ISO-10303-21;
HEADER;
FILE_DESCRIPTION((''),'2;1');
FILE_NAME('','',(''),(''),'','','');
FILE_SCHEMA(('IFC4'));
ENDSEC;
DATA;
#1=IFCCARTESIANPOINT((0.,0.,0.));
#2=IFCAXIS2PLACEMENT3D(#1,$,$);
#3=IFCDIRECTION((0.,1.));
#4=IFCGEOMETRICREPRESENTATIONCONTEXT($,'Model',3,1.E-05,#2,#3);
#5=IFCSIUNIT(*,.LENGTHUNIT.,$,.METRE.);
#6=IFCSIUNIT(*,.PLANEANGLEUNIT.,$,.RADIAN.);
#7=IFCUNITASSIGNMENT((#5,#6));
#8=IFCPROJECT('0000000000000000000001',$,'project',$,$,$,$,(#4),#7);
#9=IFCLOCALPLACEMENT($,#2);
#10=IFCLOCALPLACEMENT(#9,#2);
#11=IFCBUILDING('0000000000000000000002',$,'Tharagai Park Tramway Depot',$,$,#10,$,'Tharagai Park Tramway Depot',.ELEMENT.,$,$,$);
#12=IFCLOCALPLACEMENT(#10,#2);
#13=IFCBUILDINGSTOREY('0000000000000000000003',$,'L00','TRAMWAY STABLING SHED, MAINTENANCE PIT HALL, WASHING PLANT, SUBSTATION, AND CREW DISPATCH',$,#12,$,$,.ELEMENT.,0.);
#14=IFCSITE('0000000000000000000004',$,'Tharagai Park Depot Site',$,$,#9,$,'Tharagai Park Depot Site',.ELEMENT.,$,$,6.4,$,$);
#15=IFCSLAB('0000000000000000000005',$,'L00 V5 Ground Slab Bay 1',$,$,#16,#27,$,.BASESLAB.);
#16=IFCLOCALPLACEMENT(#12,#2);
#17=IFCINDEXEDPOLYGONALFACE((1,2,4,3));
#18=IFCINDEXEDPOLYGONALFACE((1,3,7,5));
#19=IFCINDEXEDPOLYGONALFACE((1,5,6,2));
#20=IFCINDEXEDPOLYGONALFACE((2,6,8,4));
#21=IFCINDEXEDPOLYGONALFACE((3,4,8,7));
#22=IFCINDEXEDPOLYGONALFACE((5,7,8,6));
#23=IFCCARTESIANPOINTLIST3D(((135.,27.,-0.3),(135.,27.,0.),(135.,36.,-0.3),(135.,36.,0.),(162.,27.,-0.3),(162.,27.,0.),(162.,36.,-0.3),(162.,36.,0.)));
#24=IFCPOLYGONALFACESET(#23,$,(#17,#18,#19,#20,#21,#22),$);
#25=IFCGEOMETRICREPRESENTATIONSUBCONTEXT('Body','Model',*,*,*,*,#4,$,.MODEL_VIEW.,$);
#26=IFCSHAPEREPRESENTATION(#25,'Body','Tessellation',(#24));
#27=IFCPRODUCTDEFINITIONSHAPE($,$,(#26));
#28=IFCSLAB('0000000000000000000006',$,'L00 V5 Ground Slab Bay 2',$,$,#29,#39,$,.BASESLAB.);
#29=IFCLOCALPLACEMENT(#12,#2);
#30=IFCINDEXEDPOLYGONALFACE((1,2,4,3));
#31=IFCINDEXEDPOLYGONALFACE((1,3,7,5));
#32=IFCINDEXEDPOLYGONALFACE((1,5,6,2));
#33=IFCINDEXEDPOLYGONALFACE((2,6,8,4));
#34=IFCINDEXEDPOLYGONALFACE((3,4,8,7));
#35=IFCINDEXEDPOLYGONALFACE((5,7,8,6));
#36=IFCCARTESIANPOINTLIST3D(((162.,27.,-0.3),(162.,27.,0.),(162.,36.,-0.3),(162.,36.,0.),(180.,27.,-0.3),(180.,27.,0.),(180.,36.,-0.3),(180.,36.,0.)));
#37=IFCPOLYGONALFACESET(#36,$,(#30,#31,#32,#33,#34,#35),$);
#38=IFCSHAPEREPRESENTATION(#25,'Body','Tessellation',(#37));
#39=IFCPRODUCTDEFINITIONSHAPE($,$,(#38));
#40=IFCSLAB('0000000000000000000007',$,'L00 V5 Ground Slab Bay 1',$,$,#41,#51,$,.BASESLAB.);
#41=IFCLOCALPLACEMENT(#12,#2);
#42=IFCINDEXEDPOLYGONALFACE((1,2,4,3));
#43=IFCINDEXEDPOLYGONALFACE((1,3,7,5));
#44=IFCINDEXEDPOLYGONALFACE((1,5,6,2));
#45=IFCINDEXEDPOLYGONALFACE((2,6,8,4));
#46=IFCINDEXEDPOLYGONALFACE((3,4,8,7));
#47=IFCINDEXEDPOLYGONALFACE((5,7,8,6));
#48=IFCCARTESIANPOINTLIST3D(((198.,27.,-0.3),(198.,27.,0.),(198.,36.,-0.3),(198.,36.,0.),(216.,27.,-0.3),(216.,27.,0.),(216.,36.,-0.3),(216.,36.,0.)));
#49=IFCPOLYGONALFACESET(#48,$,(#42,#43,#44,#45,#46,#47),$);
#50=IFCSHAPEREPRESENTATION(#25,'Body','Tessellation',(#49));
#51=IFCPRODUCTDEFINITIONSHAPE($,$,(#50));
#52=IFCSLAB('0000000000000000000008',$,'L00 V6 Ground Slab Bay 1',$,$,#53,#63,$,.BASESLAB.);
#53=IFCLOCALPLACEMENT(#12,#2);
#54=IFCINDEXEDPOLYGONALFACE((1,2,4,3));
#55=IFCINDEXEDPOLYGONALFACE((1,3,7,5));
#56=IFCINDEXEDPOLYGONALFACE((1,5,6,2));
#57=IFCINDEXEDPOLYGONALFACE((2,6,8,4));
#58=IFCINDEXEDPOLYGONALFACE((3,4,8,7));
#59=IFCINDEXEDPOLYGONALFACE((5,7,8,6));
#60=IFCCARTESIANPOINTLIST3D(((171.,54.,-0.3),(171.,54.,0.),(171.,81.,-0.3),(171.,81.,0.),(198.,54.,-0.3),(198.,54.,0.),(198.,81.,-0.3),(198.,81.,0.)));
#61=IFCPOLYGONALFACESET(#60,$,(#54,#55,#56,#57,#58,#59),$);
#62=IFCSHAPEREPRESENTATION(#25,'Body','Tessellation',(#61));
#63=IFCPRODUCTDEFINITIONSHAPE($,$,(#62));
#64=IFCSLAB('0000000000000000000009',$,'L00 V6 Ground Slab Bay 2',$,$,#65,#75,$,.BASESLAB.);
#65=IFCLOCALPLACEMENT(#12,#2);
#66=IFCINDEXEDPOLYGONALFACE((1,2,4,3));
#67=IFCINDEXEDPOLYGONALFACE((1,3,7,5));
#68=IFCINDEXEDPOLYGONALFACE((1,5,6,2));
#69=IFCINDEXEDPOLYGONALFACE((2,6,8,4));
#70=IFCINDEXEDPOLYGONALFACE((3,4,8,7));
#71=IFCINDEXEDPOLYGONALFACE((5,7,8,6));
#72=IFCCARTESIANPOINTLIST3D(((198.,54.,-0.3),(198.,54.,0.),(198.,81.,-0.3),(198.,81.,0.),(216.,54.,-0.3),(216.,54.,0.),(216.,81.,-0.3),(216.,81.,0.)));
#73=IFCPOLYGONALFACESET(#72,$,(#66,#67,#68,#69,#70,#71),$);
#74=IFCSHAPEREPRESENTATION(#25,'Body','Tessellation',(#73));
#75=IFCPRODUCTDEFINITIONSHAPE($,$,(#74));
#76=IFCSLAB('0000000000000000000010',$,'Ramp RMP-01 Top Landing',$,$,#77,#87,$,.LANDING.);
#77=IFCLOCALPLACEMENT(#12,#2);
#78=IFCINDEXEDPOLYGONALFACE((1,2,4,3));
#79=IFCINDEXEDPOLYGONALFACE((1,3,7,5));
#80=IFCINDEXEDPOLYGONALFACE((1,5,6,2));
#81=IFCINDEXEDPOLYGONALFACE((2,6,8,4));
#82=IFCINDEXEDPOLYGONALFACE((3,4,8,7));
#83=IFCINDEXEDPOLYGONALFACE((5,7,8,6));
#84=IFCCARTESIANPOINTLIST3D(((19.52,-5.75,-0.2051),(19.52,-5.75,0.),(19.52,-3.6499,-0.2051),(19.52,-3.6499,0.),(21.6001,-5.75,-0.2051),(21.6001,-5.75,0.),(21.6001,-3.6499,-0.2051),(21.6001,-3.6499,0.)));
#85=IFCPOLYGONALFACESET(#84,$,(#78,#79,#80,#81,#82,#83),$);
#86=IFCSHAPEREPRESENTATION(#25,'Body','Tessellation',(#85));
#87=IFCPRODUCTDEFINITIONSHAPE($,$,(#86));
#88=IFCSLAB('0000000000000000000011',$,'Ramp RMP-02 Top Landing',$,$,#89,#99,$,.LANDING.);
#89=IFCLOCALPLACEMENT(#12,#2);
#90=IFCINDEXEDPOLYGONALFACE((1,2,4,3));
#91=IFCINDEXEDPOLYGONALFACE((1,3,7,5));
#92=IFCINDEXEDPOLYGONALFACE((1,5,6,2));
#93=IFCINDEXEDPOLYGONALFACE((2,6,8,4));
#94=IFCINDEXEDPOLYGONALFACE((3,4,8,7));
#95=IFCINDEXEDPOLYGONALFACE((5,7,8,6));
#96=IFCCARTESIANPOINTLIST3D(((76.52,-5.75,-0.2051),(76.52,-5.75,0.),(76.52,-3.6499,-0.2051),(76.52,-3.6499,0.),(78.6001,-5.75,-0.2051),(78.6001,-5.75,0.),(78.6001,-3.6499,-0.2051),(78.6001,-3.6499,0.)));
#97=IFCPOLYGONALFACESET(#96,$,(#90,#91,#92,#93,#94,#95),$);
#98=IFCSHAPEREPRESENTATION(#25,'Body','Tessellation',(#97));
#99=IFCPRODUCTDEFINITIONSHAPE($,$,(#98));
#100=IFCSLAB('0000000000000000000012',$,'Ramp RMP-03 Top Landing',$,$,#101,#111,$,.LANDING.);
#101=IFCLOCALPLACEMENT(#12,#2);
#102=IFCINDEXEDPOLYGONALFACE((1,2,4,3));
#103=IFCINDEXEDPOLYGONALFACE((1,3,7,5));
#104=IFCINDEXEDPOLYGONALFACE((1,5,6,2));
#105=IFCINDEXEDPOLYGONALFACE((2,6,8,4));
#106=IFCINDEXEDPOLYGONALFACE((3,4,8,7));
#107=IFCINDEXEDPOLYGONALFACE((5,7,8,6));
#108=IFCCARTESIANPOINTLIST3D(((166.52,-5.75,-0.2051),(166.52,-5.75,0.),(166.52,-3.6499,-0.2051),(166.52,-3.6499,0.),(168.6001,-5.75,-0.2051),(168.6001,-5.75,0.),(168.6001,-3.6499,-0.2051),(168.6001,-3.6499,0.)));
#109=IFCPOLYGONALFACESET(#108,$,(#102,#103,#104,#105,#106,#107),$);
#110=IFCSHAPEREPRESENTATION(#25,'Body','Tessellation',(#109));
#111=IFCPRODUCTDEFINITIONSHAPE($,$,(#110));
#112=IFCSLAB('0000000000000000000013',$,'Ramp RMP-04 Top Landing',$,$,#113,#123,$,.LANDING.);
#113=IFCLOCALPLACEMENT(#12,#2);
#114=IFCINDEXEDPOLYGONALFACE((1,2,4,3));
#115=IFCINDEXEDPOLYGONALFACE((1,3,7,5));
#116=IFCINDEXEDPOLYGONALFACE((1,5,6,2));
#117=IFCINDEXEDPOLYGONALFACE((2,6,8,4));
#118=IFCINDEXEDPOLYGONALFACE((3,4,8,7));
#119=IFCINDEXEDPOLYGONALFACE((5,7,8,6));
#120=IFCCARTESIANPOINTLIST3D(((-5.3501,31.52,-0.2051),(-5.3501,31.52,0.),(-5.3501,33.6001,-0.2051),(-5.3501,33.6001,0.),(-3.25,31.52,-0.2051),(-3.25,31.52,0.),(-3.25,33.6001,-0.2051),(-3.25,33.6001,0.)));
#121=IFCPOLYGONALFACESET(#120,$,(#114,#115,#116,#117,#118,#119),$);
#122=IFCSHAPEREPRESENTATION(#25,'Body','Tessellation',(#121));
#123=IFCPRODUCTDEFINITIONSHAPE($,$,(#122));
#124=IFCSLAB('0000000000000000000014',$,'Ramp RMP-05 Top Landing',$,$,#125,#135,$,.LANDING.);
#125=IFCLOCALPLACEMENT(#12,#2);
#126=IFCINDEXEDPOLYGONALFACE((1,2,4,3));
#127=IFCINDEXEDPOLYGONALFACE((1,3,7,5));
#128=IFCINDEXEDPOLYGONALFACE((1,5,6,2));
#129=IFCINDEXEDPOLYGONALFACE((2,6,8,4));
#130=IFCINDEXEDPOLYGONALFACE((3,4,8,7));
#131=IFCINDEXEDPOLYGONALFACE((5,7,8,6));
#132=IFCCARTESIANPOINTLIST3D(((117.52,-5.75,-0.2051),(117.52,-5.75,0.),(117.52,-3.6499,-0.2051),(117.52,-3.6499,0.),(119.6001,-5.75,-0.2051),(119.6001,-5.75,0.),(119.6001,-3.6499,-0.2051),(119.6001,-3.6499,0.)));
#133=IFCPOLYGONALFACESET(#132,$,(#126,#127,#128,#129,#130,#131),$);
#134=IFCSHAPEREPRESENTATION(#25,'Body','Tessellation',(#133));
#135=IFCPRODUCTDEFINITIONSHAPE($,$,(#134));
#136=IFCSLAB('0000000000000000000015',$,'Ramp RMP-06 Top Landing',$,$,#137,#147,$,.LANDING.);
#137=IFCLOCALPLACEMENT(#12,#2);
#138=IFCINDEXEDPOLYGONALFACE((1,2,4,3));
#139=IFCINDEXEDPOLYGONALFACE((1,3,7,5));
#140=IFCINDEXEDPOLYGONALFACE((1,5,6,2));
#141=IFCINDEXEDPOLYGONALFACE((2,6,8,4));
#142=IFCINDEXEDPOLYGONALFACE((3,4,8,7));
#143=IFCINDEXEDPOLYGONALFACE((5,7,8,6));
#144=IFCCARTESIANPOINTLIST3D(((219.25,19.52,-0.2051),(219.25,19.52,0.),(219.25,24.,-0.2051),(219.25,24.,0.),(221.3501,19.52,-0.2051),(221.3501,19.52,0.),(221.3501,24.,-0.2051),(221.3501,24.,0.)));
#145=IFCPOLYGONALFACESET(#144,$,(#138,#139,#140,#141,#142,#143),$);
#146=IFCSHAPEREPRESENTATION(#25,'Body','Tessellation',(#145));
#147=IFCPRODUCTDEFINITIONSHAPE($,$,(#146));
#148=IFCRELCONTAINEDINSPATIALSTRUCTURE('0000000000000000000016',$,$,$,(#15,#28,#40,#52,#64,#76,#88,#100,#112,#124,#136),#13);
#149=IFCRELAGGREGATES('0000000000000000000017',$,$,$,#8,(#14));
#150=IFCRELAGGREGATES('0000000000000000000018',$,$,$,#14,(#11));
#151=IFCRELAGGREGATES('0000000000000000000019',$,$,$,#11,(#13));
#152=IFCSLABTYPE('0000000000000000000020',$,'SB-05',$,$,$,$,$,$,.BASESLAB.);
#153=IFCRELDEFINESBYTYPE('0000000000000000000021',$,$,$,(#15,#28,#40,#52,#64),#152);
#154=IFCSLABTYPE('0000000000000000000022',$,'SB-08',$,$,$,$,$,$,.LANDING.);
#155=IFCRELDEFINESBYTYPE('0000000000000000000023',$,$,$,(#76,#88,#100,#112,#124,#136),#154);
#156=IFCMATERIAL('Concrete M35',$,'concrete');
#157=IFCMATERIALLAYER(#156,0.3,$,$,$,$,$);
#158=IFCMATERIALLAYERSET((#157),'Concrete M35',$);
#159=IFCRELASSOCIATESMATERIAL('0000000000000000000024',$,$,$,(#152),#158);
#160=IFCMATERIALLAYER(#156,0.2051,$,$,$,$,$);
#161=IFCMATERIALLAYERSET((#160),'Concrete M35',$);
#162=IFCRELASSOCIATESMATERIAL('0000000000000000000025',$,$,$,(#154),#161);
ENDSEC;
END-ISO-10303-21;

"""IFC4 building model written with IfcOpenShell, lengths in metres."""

from ifc_helpers import new_model, si_unit, direction, frame, origin, place, context, subcontext, project, spatial, polyline, outline, extrude, material, layer, layer_set, type_object, element, save


model = new_model("IFC4")

# Units and contexts
model_context = context("Model", 3, precision=1e-05, world=origin(), true_north=direction((0.0, 1.0)))
body_context = subcontext(model_context, "Body", "Model", "MODEL_VIEW")
ifc_project = project(units=[si_unit("LENGTHUNIT", "METRE"), si_unit("PLANEANGLEUNIT", "RADIAN")], contexts=[model_context])

# Site, building, storey
site_placement = place(None, origin())
site = spatial("IfcSite", under=ifc_project, at=site_placement, Name="Tharagai Park Depot Site", LongName="Tharagai Park Depot Site", CompositionType="ELEMENT", RefElevation=6.4)
building_placement = place(site_placement, origin())
building = spatial("IfcBuilding", under=site, at=building_placement, Name="Tharagai Park Tramway Depot", LongName="Tharagai Park Tramway Depot", CompositionType="ELEMENT")
storey_placement = place(building_placement, origin())
storey = spatial("IfcBuildingStorey", under=building, at=storey_placement, Name="L00", Description="TRAMWAY STABLING SHED, MAINTENANCE PIT HALL, WASHING PLANT, SUBSTATION, AND CREW DISPATCH", CompositionType="ELEMENT", Elevation=0.0)

# Shared definitions
ifc_material_1 = material(Name="Concrete M35", Category="concrete")

# Slabs
ifc_layer_1 = layer(ifc_material_1, 0.3)
ifc_layer_set_1 = layer_set([ifc_layer_1], Name="Concrete M35")
slab_type_1 = type_object("IfcSlabType", Name="SB-05", PredefinedType="BASESLAB", material=ifc_layer_set_1)
slab_1_placement = place(storey_placement, frame((0.0, 0.0, -0.3)))
element("IfcSlab", 1, at=slab_1_placement, inside=storey, type_object=slab_type_1, Name="L00 V5 Ground Slab Bay 1", PredefinedType="BASESLAB", context=body_context, shape_type="SweptSolid", body=[
    extrude(outline(polyline([(135.0, 27.0), (162.0, 27.0), (162.0, 36.0), (135.0, 36.0), (135.0, 27.0)])), origin(), (0.0, 0.0, 1.0), 0.3),
])
slab_2_placement = place(storey_placement, frame((0.0, 0.0, -0.3)))
element("IfcSlab", 2, at=slab_2_placement, inside=storey, type_object=slab_type_1, Name="L00 V5 Ground Slab Bay 2", PredefinedType="BASESLAB", context=body_context, shape_type="SweptSolid", body=[
    extrude(outline(polyline([(162.0, 27.0), (180.0, 27.0), (180.0, 36.0), (162.0, 36.0), (162.0, 27.0)])), origin(), (0.0, 0.0, 1.0), 0.3),
])
slab_3_placement = place(storey_placement, frame((0.0, 0.0, -0.3)))
element("IfcSlab", 3, at=slab_3_placement, inside=storey, type_object=slab_type_1, Name="L00 V5 Ground Slab Bay 1", PredefinedType="BASESLAB", context=body_context, shape_type="SweptSolid", body=[
    extrude(outline(polyline([(198.0, 27.0), (216.0, 27.0), (216.0, 36.0), (198.0, 36.0), (198.0, 27.0)])), origin(), (0.0, 0.0, 1.0), 0.3),
])
slab_4_placement = place(storey_placement, frame((0.0, 0.0, -0.3)))
element("IfcSlab", 4, at=slab_4_placement, inside=storey, type_object=slab_type_1, Name="L00 V6 Ground Slab Bay 1", PredefinedType="BASESLAB", context=body_context, shape_type="SweptSolid", body=[
    extrude(outline(polyline([(171.0, 54.0), (198.0, 54.0), (198.0, 81.0), (171.0, 81.0), (171.0, 54.0)])), origin(), (0.0, 0.0, 1.0), 0.3),
])
slab_5_placement = place(storey_placement, frame((0.0, 0.0, -0.3)))
element("IfcSlab", 5, at=slab_5_placement, inside=storey, type_object=slab_type_1, Name="L00 V6 Ground Slab Bay 2", PredefinedType="BASESLAB", context=body_context, shape_type="SweptSolid", body=[
    extrude(outline(polyline([(198.0, 54.0), (216.0, 54.0), (216.0, 81.0), (198.0, 81.0), (198.0, 54.0)])), origin(), (0.0, 0.0, 1.0), 0.3),
])
ifc_layer_2 = layer(ifc_material_1, 0.2051)
ifc_layer_set_2 = layer_set([ifc_layer_2], Name="Concrete M35")
slab_type_2 = type_object("IfcSlabType", Name="SB-08", PredefinedType="LANDING", material=ifc_layer_set_2)
slab_6_placement = place(storey_placement, frame((0.0, 0.0, -0.2051)))
element("IfcSlab", 6, at=slab_6_placement, inside=storey, type_object=slab_type_2, Name="Ramp RMP-01 Top Landing", PredefinedType="LANDING", context=body_context, shape_type="SweptSolid", body=[
    extrude(outline(polyline([(19.52, -5.75), (21.6001, -5.75), (21.6001, -3.6499), (19.52, -3.6499), (19.52, -5.75)])), origin(), (0.0, 0.0, 1.0), 0.2051),
])
slab_7_placement = place(storey_placement, frame((0.0, 0.0, -0.2051)))
element("IfcSlab", 7, at=slab_7_placement, inside=storey, type_object=slab_type_2, Name="Ramp RMP-02 Top Landing", PredefinedType="LANDING", context=body_context, shape_type="SweptSolid", body=[
    extrude(outline(polyline([(76.52, -5.75), (78.6001, -5.75), (78.6001, -3.6499), (76.52, -3.6499), (76.52, -5.75)])), origin(), (0.0, 0.0, 1.0), 0.2051),
])
slab_8_placement = place(storey_placement, frame((0.0, 0.0, -0.2051)))
element("IfcSlab", 8, at=slab_8_placement, inside=storey, type_object=slab_type_2, Name="Ramp RMP-03 Top Landing", PredefinedType="LANDING", context=body_context, shape_type="SweptSolid", body=[
    extrude(outline(polyline([(166.52, -5.75), (168.6001, -5.75), (168.6001, -3.6499), (166.52, -3.6499), (166.52, -5.75)])), origin(), (0.0, 0.0, 1.0), 0.2051),
])
slab_9_placement = place(storey_placement, frame((0.0, 0.0, -0.2051)))
element("IfcSlab", 9, at=slab_9_placement, inside=storey, type_object=slab_type_2, Name="Ramp RMP-04 Top Landing", PredefinedType="LANDING", context=body_context, shape_type="SweptSolid", body=[
    extrude(outline(polyline([(-5.3501, 31.52), (-3.25, 31.52), (-3.25, 33.6001), (-5.3501, 33.6001), (-5.3501, 31.52)])), origin(), (0.0, 0.0, 1.0), 0.2051),
])
slab_10_placement = place(storey_placement, frame((0.0, 0.0, -0.2051)))
element("IfcSlab", 10, at=slab_10_placement, inside=storey, type_object=slab_type_2, Name="Ramp RMP-05 Top Landing", PredefinedType="LANDING", context=body_context, shape_type="SweptSolid", body=[
    extrude(outline(polyline([(117.52, -5.75), (119.6001, -5.75), (119.6001, -3.6499), (117.52, -3.6499), (117.52, -5.75)])), origin(), (0.0, 0.0, 1.0), 0.2051),
])
slab_11_placement = place(storey_placement, frame((0.0, 0.0, -0.2051)))
element("IfcSlab", 11, at=slab_11_placement, inside=storey, type_object=slab_type_2, Name="Ramp RMP-06 Top Landing", PredefinedType="LANDING", context=body_context, shape_type="SweptSolid", body=[
    extrude(outline(polyline([(219.25, 19.52), (221.3501, 19.52), (221.3501, 24.0), (219.25, 24.0), (219.25, 19.52)])), origin(), (0.0, 0.0, 1.0), 0.2051),
])

save(model, "model.ifc")
